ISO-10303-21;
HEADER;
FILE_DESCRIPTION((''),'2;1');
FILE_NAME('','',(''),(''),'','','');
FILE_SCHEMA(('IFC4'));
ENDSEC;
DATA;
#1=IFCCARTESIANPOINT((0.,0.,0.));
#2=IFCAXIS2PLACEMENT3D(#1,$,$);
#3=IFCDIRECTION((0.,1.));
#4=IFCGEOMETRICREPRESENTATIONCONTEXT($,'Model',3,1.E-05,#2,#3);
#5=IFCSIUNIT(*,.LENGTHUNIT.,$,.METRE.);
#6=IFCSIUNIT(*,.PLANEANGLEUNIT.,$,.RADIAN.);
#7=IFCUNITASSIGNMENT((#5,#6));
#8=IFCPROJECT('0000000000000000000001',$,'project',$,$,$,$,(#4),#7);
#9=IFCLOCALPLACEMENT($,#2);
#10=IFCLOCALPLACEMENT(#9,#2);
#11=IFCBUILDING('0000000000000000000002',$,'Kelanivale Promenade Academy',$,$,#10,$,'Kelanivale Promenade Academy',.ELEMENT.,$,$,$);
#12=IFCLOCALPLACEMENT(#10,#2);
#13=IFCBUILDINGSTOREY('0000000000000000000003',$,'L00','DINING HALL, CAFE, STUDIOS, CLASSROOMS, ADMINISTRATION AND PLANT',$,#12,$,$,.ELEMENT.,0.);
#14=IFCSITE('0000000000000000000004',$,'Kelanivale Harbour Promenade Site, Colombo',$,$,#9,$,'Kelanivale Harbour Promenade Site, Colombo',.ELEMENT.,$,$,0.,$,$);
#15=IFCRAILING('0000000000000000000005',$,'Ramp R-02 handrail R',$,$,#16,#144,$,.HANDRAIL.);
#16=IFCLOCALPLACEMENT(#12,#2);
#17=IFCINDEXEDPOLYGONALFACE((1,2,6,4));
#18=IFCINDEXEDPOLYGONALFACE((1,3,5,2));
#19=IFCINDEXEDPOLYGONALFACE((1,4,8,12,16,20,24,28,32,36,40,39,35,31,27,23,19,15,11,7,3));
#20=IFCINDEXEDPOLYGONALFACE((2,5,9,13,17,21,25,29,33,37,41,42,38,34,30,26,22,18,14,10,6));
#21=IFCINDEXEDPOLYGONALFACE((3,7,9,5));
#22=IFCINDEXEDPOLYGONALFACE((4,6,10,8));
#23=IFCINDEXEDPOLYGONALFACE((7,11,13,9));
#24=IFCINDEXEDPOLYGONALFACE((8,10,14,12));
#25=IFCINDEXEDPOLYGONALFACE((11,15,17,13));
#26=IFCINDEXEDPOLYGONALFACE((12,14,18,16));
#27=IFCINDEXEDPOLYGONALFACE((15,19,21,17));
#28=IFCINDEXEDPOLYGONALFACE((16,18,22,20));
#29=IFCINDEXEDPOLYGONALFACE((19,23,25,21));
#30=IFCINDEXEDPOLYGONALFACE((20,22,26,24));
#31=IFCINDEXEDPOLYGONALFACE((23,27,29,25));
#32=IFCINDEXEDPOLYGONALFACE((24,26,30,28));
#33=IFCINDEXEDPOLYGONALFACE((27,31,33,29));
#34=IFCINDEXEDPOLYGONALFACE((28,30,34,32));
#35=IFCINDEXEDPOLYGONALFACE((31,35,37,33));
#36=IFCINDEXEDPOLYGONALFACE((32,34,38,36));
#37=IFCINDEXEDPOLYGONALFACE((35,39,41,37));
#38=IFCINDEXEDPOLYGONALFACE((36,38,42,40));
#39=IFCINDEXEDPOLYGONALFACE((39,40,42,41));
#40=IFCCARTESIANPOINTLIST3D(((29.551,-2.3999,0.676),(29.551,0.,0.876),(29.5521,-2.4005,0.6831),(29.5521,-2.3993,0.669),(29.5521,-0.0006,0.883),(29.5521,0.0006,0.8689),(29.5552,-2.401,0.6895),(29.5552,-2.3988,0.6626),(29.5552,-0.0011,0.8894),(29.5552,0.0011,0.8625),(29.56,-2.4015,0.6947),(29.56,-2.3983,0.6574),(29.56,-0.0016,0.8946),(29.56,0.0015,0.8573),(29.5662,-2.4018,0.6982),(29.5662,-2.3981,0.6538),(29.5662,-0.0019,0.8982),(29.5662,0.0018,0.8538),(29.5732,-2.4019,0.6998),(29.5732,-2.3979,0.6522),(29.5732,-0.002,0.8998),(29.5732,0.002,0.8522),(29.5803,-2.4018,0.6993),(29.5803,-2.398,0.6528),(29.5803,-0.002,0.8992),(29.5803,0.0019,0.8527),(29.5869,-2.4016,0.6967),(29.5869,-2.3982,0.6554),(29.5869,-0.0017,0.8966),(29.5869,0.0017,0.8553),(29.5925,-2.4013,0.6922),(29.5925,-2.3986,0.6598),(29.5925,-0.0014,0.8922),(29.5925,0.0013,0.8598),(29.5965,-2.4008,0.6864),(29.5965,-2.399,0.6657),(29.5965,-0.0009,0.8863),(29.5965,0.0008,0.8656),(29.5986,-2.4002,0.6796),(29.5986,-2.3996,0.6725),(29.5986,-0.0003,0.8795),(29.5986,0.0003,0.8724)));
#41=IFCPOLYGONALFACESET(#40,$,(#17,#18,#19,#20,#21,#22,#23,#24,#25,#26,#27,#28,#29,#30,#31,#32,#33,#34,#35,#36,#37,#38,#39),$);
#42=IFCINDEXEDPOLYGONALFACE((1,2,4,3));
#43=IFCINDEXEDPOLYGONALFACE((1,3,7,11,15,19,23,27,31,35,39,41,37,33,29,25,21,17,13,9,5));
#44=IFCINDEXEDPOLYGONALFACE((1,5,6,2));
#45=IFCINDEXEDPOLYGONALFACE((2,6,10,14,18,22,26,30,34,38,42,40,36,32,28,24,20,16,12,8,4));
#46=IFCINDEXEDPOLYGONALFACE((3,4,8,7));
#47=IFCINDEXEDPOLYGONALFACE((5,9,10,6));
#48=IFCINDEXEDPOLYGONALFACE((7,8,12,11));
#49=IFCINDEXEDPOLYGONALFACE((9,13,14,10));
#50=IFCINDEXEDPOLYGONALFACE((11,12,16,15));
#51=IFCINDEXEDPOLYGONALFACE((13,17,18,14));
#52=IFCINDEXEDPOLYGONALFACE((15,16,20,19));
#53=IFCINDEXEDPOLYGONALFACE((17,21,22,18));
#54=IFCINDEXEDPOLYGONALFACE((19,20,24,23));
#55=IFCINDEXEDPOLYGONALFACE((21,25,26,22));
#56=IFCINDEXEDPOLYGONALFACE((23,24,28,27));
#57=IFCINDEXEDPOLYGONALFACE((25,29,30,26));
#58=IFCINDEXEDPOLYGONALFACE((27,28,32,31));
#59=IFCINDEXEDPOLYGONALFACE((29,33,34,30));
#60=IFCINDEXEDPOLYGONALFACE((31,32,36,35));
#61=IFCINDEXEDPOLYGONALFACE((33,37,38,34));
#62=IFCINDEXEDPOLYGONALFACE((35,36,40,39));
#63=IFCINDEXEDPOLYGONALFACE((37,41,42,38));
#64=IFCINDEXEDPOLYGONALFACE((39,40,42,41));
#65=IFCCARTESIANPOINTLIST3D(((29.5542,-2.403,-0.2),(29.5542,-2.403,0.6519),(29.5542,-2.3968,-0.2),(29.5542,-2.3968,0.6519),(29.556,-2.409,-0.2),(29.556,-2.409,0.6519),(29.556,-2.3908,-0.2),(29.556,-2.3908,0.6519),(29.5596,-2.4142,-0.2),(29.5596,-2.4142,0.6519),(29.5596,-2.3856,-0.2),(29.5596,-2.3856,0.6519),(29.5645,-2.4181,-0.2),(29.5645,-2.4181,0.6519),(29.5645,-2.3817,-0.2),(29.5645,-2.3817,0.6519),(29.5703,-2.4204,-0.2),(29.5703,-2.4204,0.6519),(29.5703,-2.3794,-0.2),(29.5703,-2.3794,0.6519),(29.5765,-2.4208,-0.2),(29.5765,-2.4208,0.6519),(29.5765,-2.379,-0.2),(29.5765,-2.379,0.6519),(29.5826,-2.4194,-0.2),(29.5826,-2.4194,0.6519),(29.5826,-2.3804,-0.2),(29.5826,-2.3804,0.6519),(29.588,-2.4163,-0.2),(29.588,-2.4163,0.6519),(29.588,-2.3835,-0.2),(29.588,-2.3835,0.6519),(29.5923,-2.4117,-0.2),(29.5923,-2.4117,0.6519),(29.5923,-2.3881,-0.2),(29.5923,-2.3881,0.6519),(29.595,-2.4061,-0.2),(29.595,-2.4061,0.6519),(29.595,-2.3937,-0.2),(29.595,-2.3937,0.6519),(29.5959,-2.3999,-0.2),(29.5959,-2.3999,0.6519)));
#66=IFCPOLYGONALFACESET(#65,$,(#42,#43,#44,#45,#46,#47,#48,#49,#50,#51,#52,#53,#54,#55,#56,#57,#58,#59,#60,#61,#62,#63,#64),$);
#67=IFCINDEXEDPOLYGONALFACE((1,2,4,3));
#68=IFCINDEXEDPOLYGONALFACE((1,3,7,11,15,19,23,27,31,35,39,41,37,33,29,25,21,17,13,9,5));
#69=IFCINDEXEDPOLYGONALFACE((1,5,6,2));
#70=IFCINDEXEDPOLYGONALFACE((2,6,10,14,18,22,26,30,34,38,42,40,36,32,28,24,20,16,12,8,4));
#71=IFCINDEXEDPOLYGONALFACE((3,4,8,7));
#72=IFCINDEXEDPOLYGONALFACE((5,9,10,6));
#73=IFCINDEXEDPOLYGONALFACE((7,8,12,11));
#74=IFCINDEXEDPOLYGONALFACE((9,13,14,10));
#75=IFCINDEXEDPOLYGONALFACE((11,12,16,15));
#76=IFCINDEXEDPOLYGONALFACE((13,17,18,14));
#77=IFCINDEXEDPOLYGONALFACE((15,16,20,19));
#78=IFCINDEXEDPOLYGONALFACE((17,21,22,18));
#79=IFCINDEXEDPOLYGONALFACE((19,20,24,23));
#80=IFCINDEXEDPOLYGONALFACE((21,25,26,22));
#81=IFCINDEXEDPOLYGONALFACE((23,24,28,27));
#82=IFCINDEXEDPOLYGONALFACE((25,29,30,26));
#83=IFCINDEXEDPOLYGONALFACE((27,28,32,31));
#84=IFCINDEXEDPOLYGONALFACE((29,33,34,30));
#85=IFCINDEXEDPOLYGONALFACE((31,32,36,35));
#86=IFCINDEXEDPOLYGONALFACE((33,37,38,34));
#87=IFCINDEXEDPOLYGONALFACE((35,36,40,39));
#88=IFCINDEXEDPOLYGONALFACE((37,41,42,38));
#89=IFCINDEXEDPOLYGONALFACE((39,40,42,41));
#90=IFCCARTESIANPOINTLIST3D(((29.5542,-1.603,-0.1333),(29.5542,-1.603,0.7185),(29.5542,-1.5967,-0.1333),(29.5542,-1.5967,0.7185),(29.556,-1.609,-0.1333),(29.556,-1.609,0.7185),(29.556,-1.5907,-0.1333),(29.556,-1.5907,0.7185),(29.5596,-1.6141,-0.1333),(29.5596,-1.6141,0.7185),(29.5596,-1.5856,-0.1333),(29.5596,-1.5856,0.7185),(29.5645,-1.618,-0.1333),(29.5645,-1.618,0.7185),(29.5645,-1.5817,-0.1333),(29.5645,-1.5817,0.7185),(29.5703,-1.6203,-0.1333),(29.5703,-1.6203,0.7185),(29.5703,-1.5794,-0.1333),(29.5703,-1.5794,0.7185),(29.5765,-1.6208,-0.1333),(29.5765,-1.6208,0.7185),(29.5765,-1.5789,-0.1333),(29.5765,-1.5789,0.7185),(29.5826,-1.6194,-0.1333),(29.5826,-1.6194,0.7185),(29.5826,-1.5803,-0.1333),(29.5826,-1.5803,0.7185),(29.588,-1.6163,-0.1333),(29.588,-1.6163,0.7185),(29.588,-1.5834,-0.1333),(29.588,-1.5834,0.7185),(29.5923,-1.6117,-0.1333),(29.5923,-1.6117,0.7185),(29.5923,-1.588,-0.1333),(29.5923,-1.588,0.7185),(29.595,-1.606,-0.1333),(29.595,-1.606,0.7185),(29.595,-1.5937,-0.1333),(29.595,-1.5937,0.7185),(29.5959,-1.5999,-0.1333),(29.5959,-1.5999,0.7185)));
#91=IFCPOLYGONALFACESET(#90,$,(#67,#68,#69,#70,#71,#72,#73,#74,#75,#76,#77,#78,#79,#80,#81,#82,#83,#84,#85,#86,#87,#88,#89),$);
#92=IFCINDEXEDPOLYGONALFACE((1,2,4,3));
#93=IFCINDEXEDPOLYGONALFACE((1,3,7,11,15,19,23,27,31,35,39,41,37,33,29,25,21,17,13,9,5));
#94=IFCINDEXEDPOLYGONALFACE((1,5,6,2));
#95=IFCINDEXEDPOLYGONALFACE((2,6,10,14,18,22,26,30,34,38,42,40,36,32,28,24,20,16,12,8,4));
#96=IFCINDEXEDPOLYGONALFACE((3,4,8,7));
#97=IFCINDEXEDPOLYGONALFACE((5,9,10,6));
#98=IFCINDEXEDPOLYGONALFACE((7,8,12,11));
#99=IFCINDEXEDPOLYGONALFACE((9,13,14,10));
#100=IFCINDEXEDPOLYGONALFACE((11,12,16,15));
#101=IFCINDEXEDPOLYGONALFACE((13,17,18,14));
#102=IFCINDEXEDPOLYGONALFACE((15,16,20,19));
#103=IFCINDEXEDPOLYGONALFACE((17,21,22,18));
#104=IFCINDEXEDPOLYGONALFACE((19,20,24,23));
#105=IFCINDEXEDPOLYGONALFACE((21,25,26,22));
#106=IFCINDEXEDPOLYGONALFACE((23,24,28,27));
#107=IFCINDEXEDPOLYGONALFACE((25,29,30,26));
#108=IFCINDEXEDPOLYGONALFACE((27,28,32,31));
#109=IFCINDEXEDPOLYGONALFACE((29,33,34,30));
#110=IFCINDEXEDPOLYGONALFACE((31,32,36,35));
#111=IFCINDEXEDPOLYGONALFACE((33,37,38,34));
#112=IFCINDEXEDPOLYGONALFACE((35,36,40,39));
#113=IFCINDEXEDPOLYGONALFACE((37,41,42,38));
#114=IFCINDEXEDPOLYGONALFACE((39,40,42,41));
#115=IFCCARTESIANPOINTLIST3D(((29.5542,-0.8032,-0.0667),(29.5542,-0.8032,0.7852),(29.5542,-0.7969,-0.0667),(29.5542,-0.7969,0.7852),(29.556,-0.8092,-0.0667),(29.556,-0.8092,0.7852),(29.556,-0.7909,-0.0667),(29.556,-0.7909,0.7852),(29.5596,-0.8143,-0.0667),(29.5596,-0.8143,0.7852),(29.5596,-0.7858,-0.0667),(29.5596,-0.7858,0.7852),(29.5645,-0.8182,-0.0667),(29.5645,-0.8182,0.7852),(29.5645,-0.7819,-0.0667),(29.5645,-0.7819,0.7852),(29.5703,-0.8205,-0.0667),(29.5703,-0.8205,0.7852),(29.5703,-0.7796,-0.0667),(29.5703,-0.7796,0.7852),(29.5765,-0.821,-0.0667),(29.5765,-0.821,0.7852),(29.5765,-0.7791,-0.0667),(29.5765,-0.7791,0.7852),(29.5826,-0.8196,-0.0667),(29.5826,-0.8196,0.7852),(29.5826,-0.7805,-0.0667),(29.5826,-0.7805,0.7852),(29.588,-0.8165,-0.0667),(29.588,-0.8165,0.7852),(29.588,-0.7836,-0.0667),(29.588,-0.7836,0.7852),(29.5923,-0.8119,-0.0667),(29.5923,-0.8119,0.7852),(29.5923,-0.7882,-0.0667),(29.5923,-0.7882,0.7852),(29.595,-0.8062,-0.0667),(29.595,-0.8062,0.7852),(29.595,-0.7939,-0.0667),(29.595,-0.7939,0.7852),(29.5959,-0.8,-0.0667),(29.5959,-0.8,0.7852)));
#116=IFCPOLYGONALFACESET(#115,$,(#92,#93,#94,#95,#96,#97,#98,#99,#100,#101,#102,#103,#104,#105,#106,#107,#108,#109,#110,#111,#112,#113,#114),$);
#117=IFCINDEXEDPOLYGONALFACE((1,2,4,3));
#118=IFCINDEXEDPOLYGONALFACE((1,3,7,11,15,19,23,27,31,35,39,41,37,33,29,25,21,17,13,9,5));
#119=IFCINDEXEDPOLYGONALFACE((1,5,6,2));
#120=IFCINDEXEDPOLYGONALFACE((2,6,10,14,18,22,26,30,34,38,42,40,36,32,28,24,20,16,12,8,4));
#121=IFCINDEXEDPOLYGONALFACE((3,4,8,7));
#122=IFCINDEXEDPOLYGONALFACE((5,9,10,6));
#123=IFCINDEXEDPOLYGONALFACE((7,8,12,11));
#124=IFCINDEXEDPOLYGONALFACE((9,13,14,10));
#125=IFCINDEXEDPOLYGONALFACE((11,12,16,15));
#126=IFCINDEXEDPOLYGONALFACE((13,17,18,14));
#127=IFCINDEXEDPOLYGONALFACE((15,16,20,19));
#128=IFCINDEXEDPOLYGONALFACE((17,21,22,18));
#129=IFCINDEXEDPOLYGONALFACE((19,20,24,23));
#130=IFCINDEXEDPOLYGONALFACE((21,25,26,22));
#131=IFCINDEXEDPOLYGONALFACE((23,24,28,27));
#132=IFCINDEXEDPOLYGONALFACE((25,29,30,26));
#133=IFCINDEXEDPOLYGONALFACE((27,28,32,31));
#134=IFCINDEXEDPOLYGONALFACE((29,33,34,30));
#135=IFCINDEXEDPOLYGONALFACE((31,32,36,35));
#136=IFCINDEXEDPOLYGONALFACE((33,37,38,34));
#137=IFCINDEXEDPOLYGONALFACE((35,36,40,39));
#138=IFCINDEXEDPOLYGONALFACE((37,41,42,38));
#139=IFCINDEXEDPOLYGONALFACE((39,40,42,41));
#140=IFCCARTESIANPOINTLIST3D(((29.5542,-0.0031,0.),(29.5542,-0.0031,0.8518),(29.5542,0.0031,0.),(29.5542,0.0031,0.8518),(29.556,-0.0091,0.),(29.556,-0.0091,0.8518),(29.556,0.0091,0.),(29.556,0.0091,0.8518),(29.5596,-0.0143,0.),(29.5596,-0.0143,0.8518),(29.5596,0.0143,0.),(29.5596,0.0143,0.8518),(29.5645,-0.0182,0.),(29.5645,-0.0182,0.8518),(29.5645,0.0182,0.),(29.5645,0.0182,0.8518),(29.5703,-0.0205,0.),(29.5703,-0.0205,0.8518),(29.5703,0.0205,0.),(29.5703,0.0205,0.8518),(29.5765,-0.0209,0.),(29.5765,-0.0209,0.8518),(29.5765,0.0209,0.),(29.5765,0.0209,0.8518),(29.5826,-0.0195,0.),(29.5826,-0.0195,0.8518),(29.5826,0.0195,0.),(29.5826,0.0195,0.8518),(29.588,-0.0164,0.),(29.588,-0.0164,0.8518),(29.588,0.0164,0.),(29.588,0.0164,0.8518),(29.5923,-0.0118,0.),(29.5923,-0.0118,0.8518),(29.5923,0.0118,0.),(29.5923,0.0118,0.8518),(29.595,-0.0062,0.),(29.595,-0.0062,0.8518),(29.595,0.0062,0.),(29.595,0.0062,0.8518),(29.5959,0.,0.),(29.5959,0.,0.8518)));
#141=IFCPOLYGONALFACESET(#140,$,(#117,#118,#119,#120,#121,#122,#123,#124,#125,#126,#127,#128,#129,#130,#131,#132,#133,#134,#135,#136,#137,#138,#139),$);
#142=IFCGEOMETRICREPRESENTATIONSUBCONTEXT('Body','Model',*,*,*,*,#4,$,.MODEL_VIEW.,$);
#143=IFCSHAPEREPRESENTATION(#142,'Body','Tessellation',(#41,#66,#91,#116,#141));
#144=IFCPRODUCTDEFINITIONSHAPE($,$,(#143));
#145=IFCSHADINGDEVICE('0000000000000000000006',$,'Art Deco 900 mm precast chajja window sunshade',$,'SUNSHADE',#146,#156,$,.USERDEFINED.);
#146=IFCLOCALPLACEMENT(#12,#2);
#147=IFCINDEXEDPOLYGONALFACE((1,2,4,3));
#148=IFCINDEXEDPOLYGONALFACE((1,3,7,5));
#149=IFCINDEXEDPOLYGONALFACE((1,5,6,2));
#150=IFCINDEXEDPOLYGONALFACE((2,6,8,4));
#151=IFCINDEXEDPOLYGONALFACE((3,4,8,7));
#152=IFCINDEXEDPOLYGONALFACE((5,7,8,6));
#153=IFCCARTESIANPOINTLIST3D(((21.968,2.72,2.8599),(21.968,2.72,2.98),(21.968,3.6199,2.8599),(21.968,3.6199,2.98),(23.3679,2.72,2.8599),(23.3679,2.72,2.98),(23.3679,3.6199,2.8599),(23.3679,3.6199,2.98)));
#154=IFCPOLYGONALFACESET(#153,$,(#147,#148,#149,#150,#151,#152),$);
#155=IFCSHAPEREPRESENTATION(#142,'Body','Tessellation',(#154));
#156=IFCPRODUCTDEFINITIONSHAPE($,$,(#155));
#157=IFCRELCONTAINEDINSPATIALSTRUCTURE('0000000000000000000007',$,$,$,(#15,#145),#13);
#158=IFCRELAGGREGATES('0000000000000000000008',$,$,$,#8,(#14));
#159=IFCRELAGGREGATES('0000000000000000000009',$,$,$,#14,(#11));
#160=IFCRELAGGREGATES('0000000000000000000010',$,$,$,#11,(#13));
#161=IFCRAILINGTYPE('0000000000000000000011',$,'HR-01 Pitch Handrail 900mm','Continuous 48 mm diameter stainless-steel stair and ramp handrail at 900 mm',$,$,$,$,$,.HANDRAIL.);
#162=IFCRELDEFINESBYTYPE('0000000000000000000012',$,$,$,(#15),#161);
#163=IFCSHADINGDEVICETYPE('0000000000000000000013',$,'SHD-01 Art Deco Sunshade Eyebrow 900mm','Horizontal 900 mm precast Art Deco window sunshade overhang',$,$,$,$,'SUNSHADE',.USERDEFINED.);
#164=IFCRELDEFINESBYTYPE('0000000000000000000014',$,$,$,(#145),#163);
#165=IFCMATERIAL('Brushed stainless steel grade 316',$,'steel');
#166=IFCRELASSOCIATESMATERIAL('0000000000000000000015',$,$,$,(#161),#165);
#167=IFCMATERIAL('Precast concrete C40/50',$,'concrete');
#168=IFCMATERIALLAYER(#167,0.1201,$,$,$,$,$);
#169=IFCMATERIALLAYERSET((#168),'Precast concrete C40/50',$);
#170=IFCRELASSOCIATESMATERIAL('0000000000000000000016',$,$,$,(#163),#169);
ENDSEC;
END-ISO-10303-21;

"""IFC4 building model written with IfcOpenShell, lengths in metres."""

from ifc_helpers import new_model, si_unit, direction, frame, origin, origin_2d, place, context, subcontext, project, spatial, rectangle, circle, extrude, material, layer, layer_set, type_object, element, save


model = new_model("IFC4")

# Units and contexts
model_context = context("Model", 3, precision=1e-05, world=origin(), true_north=direction((0.0, 1.0)))
body_context = subcontext(model_context, "Body", "Model", "MODEL_VIEW")
ifc_project = project(units=[si_unit("LENGTHUNIT", "METRE"), si_unit("PLANEANGLEUNIT", "RADIAN")], contexts=[model_context])

# Site, building, storey
site_placement = place(None, origin())
site = spatial("IfcSite", under=ifc_project, at=site_placement, Name="Kelanivale Harbour Promenade Site, Colombo", LongName="Kelanivale Harbour Promenade Site, Colombo", CompositionType="ELEMENT", RefElevation=0.0)
building_placement = place(site_placement, origin())
building = spatial("IfcBuilding", under=site, at=building_placement, Name="Kelanivale Promenade Academy", LongName="Kelanivale Promenade Academy", CompositionType="ELEMENT")
storey_placement = place(building_placement, origin())
storey = spatial("IfcBuildingStorey", under=building, at=storey_placement, Name="L00", Description="DINING HALL, CAFE, STUDIOS, CLASSROOMS, ADMINISTRATION AND PLANT", CompositionType="ELEMENT", Elevation=0.0)

# Railing
ifc_material_1 = material(Name="Brushed stainless steel grade 316", Category="steel")
railing_type = type_object("IfcRailingType", Name="HR-01 Pitch Handrail 900mm", Description="Continuous 48 mm diameter stainless-steel stair and ramp handrail at 900 mm", PredefinedType="HANDRAIL", material=ifc_material_1)
for number, where, name in (
    (1, (29.575, -2.3999, -0.2), "Ramp R-02 handrail R"),
):
    element("IfcRailing", number, at=place(storey_placement, frame(where)), inside=storey, type_object=railing_type, Name=name, PredefinedType="HANDRAIL", context=body_context, shape_type="SweptSolid", body=[
        extrude(circle(Radius=0.0239, at=origin_2d()), frame((0.0, 0.0, 0.876), z_axis=(0.0, 0.996547, 0.083029), x_axis=(-1.0, 0.0, 0.0)), (0.0, 0.0, 1.0), 2.4082),
        extrude(circle(Radius=0.021, at=origin_2d()), origin(), (0.0, 0.0, 1.0), 0.8518),
        extrude(circle(Radius=0.021, at=origin_2d()), frame((0.0, 0.8, 0.0667)), (0.0, 0.0, 1.0), 0.8518),
        extrude(circle(Radius=0.021, at=origin_2d()), frame((0.0, 1.5999, 0.1333)), (0.0, 0.0, 1.0), 0.8518),
        extrude(circle(Radius=0.021, at=origin_2d()), frame((0.0, 2.3999, 0.2)), (0.0, 0.0, 1.0), 0.8518),
    ])

# Shading device
ifc_material_2 = material(Name="Precast concrete C40/50", Category="concrete")
ifc_layer_1 = layer(ifc_material_2, 0.1201)
ifc_layer_set_1 = layer_set([ifc_layer_1], Name="Precast concrete C40/50")
shading_device_type = type_object("IfcShadingDeviceType", Name="SHD-01 Art Deco Sunshade Eyebrow 900mm", Description="Horizontal 900 mm precast Art Deco window sunshade overhang", ElementType="SUNSHADE", PredefinedType="USERDEFINED", material=ifc_layer_set_1)
shading_device_placement = place(storey_placement, frame((22.668, 3.1699, 2.8599), z_axis=(0.0, 0.0, 1.0), x_axis=(1.0, 0.0, 0.0)))
element("IfcShadingDevice", 2, at=shading_device_placement, inside=storey, type_object=shading_device_type, Name="Art Deco 900 mm precast chajja window sunshade", ObjectType="SUNSHADE", PredefinedType="USERDEFINED", context=body_context, shape_type="SweptSolid", body=[
    extrude(rectangle(XDim=1.3999, YDim=0.8999, at=origin_2d()), origin(), (0.0, 0.0, 1.0), 0.1201),
])

save(model, "model.ifc")
